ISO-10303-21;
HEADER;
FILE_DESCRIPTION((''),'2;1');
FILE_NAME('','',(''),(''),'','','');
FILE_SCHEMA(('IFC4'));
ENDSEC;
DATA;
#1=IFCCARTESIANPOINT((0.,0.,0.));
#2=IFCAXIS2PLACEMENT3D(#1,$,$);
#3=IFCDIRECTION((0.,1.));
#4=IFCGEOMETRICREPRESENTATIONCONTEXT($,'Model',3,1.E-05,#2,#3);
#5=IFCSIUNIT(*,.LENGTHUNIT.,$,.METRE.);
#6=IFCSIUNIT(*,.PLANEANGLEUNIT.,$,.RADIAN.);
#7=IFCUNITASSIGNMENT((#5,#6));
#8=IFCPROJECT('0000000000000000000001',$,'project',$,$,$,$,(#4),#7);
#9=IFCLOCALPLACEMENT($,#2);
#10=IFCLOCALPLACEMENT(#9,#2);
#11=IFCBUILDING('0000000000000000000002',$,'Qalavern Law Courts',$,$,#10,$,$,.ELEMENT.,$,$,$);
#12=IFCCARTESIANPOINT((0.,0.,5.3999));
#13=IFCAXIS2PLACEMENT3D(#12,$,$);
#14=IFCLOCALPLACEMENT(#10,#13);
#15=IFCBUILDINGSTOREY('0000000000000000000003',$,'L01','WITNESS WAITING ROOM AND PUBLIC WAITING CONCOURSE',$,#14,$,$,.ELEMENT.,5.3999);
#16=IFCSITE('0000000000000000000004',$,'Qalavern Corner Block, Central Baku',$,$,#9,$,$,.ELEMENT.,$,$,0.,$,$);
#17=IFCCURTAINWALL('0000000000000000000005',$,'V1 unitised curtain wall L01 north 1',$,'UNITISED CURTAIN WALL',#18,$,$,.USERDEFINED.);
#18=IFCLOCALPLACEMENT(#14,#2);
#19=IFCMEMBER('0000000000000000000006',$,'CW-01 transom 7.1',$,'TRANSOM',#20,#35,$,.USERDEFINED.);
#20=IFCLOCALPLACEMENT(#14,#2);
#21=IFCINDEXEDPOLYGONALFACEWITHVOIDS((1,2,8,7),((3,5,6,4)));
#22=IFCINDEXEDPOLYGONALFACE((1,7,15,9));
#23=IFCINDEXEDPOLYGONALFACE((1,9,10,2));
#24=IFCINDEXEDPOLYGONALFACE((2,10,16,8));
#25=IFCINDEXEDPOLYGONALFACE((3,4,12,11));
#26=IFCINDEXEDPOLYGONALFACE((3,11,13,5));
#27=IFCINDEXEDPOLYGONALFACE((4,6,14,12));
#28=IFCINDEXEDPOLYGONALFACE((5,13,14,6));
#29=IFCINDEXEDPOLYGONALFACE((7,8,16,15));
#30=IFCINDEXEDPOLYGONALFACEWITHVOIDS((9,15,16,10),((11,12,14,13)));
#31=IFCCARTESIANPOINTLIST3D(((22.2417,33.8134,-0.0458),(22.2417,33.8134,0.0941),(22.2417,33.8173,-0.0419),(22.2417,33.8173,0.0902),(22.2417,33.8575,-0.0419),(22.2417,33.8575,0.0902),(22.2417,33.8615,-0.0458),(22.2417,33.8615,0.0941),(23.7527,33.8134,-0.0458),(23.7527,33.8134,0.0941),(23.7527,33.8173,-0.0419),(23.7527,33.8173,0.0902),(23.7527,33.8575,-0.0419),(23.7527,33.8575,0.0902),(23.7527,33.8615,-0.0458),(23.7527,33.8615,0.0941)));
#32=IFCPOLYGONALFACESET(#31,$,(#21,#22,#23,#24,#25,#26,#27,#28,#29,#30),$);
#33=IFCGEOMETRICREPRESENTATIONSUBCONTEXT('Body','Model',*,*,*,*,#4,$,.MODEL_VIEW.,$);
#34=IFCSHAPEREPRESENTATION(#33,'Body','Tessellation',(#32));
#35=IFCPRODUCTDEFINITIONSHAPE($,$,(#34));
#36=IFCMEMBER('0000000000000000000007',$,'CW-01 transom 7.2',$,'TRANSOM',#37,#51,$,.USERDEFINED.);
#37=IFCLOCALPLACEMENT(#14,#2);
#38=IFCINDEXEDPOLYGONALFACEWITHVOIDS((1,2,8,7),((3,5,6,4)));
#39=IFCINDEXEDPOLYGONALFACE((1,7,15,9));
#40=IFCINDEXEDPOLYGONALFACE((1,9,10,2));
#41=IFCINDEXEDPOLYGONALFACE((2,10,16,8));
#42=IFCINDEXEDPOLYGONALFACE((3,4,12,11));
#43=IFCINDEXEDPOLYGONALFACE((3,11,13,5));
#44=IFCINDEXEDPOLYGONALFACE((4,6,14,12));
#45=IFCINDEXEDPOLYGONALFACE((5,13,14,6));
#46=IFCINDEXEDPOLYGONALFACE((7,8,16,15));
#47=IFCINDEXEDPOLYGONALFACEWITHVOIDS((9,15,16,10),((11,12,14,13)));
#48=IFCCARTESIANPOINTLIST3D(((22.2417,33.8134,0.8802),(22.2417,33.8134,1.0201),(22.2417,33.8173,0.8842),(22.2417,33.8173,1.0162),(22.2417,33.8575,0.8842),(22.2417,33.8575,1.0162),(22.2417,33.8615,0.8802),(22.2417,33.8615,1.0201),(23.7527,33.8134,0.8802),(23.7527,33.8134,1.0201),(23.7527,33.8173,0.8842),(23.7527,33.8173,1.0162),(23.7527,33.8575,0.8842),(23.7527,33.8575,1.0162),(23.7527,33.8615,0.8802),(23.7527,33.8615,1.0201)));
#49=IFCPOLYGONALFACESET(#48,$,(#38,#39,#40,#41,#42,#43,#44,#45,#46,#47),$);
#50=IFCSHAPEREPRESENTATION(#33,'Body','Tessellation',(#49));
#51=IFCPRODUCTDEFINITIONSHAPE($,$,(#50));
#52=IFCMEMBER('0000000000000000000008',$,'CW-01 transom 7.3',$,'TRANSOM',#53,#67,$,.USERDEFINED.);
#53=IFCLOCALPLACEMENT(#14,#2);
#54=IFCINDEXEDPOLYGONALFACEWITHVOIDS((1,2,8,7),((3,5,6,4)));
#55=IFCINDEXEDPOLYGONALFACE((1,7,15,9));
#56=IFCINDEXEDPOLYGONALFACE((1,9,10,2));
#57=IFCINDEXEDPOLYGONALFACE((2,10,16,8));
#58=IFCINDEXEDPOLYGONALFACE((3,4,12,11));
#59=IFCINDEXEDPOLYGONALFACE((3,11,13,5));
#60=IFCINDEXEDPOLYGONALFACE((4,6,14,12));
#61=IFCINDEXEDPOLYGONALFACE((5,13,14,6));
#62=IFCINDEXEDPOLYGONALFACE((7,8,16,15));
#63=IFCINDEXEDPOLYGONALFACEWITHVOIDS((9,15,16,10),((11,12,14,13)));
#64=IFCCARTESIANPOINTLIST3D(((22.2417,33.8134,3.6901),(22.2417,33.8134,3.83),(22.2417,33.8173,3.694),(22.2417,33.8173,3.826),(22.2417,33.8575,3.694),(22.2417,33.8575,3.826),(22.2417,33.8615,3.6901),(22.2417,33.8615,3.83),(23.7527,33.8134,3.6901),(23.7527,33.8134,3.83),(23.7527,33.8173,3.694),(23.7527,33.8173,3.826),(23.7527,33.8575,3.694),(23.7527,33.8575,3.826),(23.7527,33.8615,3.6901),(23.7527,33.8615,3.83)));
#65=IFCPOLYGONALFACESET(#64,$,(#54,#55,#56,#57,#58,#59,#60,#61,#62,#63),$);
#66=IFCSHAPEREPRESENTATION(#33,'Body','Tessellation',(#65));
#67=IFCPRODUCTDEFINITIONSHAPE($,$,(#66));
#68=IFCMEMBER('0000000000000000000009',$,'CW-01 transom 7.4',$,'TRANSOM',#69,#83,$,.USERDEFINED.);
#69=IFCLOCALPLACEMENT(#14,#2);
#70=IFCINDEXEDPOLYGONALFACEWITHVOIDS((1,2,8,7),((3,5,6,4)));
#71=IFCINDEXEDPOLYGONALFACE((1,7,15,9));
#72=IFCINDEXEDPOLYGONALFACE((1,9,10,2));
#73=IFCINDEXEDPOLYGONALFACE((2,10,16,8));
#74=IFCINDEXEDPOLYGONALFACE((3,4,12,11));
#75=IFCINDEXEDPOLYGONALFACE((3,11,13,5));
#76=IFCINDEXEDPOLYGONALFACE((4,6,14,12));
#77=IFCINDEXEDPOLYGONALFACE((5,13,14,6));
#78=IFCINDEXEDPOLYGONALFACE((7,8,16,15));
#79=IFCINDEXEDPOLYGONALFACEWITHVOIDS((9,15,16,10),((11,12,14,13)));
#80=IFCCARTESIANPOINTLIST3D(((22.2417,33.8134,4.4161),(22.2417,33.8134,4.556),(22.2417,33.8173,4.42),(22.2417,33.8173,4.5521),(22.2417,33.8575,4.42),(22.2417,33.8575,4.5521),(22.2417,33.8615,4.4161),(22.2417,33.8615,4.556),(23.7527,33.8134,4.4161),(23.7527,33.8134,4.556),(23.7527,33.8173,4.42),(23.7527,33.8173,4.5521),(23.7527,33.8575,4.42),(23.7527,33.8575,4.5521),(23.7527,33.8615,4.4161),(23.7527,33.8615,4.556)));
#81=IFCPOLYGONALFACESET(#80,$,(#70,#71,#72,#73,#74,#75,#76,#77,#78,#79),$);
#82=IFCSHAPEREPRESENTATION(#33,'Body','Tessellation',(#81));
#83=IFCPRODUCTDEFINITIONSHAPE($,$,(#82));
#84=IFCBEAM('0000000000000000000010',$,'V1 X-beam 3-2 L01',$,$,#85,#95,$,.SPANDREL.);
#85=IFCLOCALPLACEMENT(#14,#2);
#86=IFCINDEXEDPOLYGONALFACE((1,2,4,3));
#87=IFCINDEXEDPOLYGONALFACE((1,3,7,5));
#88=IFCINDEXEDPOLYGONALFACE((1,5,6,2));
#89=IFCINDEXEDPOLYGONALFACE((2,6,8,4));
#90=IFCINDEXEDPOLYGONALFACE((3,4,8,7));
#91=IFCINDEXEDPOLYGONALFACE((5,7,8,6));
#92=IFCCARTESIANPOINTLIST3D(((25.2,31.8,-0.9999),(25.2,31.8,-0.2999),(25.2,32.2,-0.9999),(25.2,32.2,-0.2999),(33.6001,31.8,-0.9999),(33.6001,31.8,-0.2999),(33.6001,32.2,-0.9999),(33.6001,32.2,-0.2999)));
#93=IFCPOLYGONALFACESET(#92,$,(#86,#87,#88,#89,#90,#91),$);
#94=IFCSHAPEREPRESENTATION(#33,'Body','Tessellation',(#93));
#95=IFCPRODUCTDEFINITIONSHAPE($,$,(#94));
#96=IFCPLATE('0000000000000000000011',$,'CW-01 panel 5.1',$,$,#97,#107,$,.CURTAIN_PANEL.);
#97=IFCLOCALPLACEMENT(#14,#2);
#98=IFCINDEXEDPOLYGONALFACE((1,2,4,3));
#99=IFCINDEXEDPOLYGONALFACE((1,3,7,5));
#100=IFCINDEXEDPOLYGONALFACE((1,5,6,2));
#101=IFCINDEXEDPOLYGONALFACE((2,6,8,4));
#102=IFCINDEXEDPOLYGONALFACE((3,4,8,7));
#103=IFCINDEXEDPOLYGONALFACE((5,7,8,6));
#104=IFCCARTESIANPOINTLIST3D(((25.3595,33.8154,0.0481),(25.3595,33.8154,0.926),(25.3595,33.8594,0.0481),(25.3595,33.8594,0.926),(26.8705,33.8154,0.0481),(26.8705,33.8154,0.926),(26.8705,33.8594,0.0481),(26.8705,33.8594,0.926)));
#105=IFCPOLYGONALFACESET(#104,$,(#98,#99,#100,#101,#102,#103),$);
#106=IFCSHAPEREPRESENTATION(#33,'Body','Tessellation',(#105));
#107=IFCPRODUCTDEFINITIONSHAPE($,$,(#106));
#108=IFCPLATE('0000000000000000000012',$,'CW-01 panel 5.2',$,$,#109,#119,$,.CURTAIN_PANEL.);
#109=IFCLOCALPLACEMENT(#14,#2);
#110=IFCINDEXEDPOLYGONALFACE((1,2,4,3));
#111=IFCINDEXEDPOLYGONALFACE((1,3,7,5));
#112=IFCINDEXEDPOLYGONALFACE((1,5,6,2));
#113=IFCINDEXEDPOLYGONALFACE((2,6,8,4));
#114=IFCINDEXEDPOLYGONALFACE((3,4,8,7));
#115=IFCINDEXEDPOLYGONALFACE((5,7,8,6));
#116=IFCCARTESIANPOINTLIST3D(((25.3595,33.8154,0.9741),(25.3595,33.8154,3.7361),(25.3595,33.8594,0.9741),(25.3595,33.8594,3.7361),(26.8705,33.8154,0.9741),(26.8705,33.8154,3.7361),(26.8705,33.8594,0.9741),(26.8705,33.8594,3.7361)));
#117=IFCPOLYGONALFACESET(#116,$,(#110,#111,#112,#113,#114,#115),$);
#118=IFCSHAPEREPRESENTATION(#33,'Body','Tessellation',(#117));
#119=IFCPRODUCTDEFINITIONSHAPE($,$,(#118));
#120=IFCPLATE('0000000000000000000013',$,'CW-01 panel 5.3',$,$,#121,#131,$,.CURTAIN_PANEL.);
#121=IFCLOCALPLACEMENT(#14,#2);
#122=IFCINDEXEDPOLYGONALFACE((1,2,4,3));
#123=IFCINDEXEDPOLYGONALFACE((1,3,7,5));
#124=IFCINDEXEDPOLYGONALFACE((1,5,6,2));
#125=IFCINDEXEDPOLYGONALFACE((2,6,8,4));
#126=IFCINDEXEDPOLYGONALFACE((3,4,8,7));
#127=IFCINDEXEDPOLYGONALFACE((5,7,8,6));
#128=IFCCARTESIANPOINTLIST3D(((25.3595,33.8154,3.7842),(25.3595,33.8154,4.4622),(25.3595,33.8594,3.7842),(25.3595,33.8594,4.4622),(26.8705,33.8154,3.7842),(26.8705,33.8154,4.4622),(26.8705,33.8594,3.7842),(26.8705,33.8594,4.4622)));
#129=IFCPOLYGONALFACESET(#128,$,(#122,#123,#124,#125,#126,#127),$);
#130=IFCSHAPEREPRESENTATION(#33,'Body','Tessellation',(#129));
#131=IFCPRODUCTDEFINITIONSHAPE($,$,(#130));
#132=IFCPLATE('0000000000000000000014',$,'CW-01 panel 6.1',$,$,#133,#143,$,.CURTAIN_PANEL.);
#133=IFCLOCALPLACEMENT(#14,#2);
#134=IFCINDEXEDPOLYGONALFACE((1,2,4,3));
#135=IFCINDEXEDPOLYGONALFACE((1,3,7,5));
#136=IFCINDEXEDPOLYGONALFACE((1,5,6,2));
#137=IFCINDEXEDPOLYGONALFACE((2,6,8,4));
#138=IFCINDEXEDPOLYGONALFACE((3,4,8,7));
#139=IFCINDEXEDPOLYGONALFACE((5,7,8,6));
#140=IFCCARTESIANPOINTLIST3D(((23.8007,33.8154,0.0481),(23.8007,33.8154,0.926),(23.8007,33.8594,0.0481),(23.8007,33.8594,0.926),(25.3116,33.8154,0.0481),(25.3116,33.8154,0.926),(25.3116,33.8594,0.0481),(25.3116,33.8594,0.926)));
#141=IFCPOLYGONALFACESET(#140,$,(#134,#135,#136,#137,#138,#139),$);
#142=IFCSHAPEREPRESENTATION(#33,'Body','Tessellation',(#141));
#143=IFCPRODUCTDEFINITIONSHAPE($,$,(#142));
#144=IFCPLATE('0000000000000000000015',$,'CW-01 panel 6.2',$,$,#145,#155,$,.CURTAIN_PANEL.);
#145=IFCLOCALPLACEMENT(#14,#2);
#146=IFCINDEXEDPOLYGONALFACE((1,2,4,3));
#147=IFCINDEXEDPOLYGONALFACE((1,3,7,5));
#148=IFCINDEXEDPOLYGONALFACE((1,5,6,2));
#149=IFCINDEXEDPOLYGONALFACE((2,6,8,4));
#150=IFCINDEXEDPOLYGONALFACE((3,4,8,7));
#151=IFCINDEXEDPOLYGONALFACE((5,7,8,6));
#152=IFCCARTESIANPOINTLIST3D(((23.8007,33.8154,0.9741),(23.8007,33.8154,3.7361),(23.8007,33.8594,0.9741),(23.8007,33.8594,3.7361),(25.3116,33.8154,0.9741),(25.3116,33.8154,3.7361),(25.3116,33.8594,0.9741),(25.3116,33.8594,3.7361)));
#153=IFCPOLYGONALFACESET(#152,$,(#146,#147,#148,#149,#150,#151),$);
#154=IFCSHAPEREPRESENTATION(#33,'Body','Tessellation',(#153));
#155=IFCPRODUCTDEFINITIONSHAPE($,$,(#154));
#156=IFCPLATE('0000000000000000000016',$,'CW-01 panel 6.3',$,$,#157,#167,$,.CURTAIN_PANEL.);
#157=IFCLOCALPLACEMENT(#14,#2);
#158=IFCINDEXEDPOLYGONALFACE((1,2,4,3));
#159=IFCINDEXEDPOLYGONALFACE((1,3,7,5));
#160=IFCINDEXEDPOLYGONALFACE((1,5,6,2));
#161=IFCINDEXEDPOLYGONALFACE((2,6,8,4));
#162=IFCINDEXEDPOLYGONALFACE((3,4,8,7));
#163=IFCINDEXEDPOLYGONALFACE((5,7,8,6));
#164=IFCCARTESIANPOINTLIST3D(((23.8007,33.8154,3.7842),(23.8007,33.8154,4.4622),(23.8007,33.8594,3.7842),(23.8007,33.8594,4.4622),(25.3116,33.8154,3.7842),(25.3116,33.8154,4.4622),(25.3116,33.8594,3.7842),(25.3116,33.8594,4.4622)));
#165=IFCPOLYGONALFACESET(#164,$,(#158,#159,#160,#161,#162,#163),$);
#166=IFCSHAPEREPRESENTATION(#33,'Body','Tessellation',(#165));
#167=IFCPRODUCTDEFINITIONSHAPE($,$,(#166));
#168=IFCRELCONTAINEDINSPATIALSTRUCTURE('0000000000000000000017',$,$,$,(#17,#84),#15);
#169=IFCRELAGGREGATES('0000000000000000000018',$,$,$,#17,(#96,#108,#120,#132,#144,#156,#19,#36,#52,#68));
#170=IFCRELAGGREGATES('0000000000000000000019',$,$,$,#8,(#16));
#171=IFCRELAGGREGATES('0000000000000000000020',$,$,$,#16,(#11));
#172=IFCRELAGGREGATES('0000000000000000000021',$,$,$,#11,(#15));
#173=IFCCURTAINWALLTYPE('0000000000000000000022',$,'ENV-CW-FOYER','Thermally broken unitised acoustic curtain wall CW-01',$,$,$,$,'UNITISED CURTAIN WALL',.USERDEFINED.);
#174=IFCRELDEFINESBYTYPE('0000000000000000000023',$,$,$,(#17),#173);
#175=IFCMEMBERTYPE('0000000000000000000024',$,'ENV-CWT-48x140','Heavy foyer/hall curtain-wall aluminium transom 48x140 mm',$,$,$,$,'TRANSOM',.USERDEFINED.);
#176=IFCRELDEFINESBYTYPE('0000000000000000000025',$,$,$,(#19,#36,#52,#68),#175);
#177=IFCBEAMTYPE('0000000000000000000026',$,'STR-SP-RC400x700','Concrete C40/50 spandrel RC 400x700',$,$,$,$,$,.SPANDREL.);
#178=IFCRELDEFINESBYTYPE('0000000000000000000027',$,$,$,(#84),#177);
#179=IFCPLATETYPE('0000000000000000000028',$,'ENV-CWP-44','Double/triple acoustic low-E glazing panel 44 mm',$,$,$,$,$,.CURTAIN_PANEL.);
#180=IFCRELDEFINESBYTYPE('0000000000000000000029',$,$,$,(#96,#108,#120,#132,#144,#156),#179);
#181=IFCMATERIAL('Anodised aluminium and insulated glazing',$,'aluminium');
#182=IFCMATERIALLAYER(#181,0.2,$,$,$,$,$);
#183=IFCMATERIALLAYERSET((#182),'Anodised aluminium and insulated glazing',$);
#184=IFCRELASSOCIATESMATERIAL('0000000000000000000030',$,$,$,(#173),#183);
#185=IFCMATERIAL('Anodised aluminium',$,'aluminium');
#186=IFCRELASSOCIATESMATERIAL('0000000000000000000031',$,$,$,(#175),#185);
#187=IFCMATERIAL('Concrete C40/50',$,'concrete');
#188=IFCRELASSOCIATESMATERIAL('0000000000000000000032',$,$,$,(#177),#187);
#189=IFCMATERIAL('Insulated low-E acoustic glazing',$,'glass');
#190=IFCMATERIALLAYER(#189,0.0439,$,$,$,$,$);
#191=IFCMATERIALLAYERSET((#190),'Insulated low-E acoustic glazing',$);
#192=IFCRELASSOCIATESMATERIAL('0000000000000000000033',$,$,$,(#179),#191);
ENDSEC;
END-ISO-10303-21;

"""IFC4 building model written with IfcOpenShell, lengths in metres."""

from ifc_helpers import new_model, si_unit, direction, frame, origin, origin_2d, place, context, subcontext, project, spatial, rectangle, hollow_rectangle, extrude, material, layer, layer_set, material_profile, profile_set, type_object, element, aggregate, save


model = new_model("IFC4")

# Units and contexts
model_context = context("Model", 3, precision=1e-05, world=origin(), true_north=direction((0.0, 1.0)))
body_context = subcontext(model_context, "Body", "Model", "MODEL_VIEW")
ifc_project = project(units=[si_unit("LENGTHUNIT", "METRE"), si_unit("PLANEANGLEUNIT", "RADIAN")], contexts=[model_context])

# Site, building, storey
site_placement = place(None, origin())
site = spatial("IfcSite", under=ifc_project, at=site_placement, Name="Qalavern Corner Block, Central Baku", CompositionType="ELEMENT", RefElevation=0.0)
building_placement = place(site_placement, origin())
building = spatial("IfcBuilding", under=site, at=building_placement, Name="Qalavern Law Courts", CompositionType="ELEMENT")
storey_placement = place(building_placement, frame((0.0, 0.0, 5.3999)))
storey = spatial("IfcBuildingStorey", under=building, at=storey_placement, Name="L01", Description="WITNESS WAITING ROOM AND PUBLIC WAITING CONCOURSE", CompositionType="ELEMENT", Elevation=5.3999)

# Curtain wall, members
ifc_material_1 = material(Name="Anodised aluminium and insulated glazing", Category="aluminium")
ifc_layer_1 = layer(ifc_material_1, 0.2)
ifc_layer_set_1 = layer_set([ifc_layer_1], Name="Anodised aluminium and insulated glazing")
curtain_wall_type = type_object("IfcCurtainWallType", Name="ENV-CW-FOYER", Description="Thermally broken unitised acoustic curtain wall CW-01", ElementType="UNITISED CURTAIN WALL", PredefinedType="USERDEFINED", material=ifc_layer_set_1)
curtain_wall_placement = place(storey_placement, origin())
curtain_wall = element("IfcCurtainWall", 1, at=curtain_wall_placement, inside=storey, type_object=curtain_wall_type, Name="V1 unitised curtain wall L01 north 1", ObjectType="UNITISED CURTAIN WALL", PredefinedType="USERDEFINED")
ifc_material_2 = material(Name="Anodised aluminium", Category="aluminium")
ifc_material_profile_1 = material_profile(ifc_material_2, hollow_rectangle(XDim=0.0481, YDim=0.1399, WallThickness=0.0039, at=origin_2d()), Name="ALU TRANSOM 48x140")
ifc_profile_set_1 = profile_set([ifc_material_profile_1], Name="Anodised aluminium")
member_type_1 = type_object("IfcMemberType", Name="ENV-CWT-48x140", Description="Heavy foyer/hall curtain-wall aluminium transom 48x140 mm", ElementType="TRANSOM", PredefinedType="USERDEFINED", material=ifc_profile_set_1)
member_1_placement = place(storey_placement, frame((23.7527, 33.8374, 0.0242), z_axis=(-1.0, 0.0, 0.0), x_axis=(0.0, -1.0, 0.0)))
member_1 = element("IfcMember", 2, at=member_1_placement, type_object=member_type_1, Name="CW-01 transom 7.1", ObjectType="TRANSOM", PredefinedType="USERDEFINED", context=body_context, shape_type="SweptSolid", body=[
    extrude(hollow_rectangle(XDim=0.0481, YDim=0.1399, WallThickness=0.0039, at=origin_2d()), origin(), (0.0, 0.0, 1.0), 1.511),
])
member_2_placement = place(storey_placement, frame((23.7527, 33.8374, 0.9502), z_axis=(-1.0, 0.0, 0.0), x_axis=(0.0, -1.0, 0.0)))
member_2 = element("IfcMember", 3, at=member_2_placement, type_object=member_type_1, Name="CW-01 transom 7.2", ObjectType="TRANSOM", PredefinedType="USERDEFINED", context=body_context, shape_type="SweptSolid", body=[
    extrude(hollow_rectangle(XDim=0.0481, YDim=0.1399, WallThickness=0.0039, at=origin_2d()), origin(), (0.0, 0.0, 1.0), 1.511),
])
member_3_placement = place(storey_placement, frame((23.7527, 33.8374, 3.76), z_axis=(-1.0, 0.0, 0.0), x_axis=(0.0, -1.0, 0.0)))
member_3 = element("IfcMember", 4, at=member_3_placement, type_object=member_type_1, Name="CW-01 transom 7.3", ObjectType="TRANSOM", PredefinedType="USERDEFINED", context=body_context, shape_type="SweptSolid", body=[
    extrude(hollow_rectangle(XDim=0.0481, YDim=0.1399, WallThickness=0.0039, at=origin_2d()), origin(), (0.0, 0.0, 1.0), 1.511),
])
member_4_placement = place(storey_placement, frame((23.7527, 33.8374, 4.4861), z_axis=(-1.0, 0.0, 0.0), x_axis=(0.0, -1.0, 0.0)))
member_4 = element("IfcMember", 5, at=member_4_placement, type_object=member_type_1, Name="CW-01 transom 7.4", ObjectType="TRANSOM", PredefinedType="USERDEFINED", context=body_context, shape_type="SweptSolid", body=[
    extrude(hollow_rectangle(XDim=0.0481, YDim=0.1399, WallThickness=0.0039, at=origin_2d()), origin(), (0.0, 0.0, 1.0), 1.511),
])

# Beam
ifc_material_3 = material(Name="Concrete C40/50", Category="concrete")
ifc_material_profile_2 = material_profile(ifc_material_3, rectangle(XDim=0.3999, YDim=0.7, at=origin_2d()), Name="RC 400x700")
ifc_profile_set_2 = profile_set([ifc_material_profile_2], Name="Concrete C40/50")
beam_type = type_object("IfcBeamType", Name="STR-SP-RC400x700", Description="Concrete C40/50 spandrel RC 400x700", PredefinedType="SPANDREL", material=ifc_profile_set_2)
beam_placement = place(storey_placement, frame((25.2, 32.0, -0.6499), z_axis=(1.0, 0.0, 0.0), x_axis=(0.0, 1.0, 0.0)))
element("IfcBeam", 6, at=beam_placement, inside=storey, type_object=beam_type, Name="V1 X-beam 3-2 L01", PredefinedType="SPANDREL", context=body_context, shape_type="SweptSolid", body=[
    extrude(rectangle(XDim=0.3999, YDim=0.7, at=origin_2d()), origin(), (0.0, 0.0, 1.0), 8.4001),
])

# Plates
ifc_material_4 = material(Name="Insulated low-E acoustic glazing", Category="glass")
ifc_layer_2 = layer(ifc_material_4, 0.0439)
ifc_layer_set_2 = layer_set([ifc_layer_2], Name="Insulated low-E acoustic glazing")
plate_type = type_object("IfcPlateType", Name="ENV-CWP-44", Description="Double/triple acoustic low-E glazing panel 44 mm", PredefinedType="CURTAIN_PANEL", material=ifc_layer_set_2)
plate_1_placement = place(storey_placement, frame((26.115, 33.8374, 0.0481), z_axis=(0.0, 0.0, 1.0), x_axis=(-1.0, 0.0, 0.0)))
plate_1 = element("IfcPlate", 7, at=plate_1_placement, type_object=plate_type, Name="CW-01 panel 5.1", PredefinedType="CURTAIN_PANEL", context=body_context, shape_type="SweptSolid", body=[
    extrude(rectangle(XDim=1.511, YDim=0.0439, at=origin_2d()), origin(), (0.0, 0.0, 1.0), 0.8779),
])
plate_2_placement = place(storey_placement, frame((26.115, 33.8374, 0.9741), z_axis=(0.0, 0.0, 1.0), x_axis=(-1.0, 0.0, 0.0)))
plate_2 = element("IfcPlate", 8, at=plate_2_placement, type_object=plate_type, Name="CW-01 panel 5.2", PredefinedType="CURTAIN_PANEL", context=body_context, shape_type="SweptSolid", body=[
    extrude(rectangle(XDim=1.511, YDim=0.0439, at=origin_2d()), origin(), (0.0, 0.0, 1.0), 2.762),
])
plate_3_placement = place(storey_placement, frame((26.115, 33.8374, 3.7842), z_axis=(0.0, 0.0, 1.0), x_axis=(-1.0, 0.0, 0.0)))
plate_3 = element("IfcPlate", 9, at=plate_3_placement, type_object=plate_type, Name="CW-01 panel 5.3", PredefinedType="CURTAIN_PANEL", context=body_context, shape_type="SweptSolid", body=[
    extrude(rectangle(XDim=1.511, YDim=0.0439, at=origin_2d()), origin(), (0.0, 0.0, 1.0), 0.678),
])
plate_4_placement = place(storey_placement, frame((24.5562, 33.8374, 0.0481), z_axis=(0.0, 0.0, 1.0), x_axis=(-1.0, 0.0, 0.0)))
plate_4 = element("IfcPlate", 10, at=plate_4_placement, type_object=plate_type, Name="CW-01 panel 6.1", PredefinedType="CURTAIN_PANEL", context=body_context, shape_type="SweptSolid", body=[
    extrude(rectangle(XDim=1.511, YDim=0.0439, at=origin_2d()), origin(), (0.0, 0.0, 1.0), 0.8779),
])
plate_5_placement = place(storey_placement, frame((24.5562, 33.8374, 0.9741), z_axis=(0.0, 0.0, 1.0), x_axis=(-1.0, 0.0, 0.0)))
plate_5 = element("IfcPlate", 11, at=plate_5_placement, type_object=plate_type, Name="CW-01 panel 6.2", PredefinedType="CURTAIN_PANEL", context=body_context, shape_type="SweptSolid", body=[
    extrude(rectangle(XDim=1.511, YDim=0.0439, at=origin_2d()), origin(), (0.0, 0.0, 1.0), 2.762),
])
plate_6_placement = place(storey_placement, frame((24.5562, 33.8374, 3.7842), z_axis=(0.0, 0.0, 1.0), x_axis=(-1.0, 0.0, 0.0)))
plate_6 = element("IfcPlate", 12, at=plate_6_placement, type_object=plate_type, Name="CW-01 panel 6.3", PredefinedType="CURTAIN_PANEL", context=body_context, shape_type="SweptSolid", body=[
    extrude(rectangle(XDim=1.511, YDim=0.0439, at=origin_2d()), origin(), (0.0, 0.0, 1.0), 0.678),
])
aggregate(curtain_wall, [plate_1, plate_2, plate_3, plate_4, plate_5, plate_6, member_1, member_2, member_3, member_4])

save(model, "model.ifc")
